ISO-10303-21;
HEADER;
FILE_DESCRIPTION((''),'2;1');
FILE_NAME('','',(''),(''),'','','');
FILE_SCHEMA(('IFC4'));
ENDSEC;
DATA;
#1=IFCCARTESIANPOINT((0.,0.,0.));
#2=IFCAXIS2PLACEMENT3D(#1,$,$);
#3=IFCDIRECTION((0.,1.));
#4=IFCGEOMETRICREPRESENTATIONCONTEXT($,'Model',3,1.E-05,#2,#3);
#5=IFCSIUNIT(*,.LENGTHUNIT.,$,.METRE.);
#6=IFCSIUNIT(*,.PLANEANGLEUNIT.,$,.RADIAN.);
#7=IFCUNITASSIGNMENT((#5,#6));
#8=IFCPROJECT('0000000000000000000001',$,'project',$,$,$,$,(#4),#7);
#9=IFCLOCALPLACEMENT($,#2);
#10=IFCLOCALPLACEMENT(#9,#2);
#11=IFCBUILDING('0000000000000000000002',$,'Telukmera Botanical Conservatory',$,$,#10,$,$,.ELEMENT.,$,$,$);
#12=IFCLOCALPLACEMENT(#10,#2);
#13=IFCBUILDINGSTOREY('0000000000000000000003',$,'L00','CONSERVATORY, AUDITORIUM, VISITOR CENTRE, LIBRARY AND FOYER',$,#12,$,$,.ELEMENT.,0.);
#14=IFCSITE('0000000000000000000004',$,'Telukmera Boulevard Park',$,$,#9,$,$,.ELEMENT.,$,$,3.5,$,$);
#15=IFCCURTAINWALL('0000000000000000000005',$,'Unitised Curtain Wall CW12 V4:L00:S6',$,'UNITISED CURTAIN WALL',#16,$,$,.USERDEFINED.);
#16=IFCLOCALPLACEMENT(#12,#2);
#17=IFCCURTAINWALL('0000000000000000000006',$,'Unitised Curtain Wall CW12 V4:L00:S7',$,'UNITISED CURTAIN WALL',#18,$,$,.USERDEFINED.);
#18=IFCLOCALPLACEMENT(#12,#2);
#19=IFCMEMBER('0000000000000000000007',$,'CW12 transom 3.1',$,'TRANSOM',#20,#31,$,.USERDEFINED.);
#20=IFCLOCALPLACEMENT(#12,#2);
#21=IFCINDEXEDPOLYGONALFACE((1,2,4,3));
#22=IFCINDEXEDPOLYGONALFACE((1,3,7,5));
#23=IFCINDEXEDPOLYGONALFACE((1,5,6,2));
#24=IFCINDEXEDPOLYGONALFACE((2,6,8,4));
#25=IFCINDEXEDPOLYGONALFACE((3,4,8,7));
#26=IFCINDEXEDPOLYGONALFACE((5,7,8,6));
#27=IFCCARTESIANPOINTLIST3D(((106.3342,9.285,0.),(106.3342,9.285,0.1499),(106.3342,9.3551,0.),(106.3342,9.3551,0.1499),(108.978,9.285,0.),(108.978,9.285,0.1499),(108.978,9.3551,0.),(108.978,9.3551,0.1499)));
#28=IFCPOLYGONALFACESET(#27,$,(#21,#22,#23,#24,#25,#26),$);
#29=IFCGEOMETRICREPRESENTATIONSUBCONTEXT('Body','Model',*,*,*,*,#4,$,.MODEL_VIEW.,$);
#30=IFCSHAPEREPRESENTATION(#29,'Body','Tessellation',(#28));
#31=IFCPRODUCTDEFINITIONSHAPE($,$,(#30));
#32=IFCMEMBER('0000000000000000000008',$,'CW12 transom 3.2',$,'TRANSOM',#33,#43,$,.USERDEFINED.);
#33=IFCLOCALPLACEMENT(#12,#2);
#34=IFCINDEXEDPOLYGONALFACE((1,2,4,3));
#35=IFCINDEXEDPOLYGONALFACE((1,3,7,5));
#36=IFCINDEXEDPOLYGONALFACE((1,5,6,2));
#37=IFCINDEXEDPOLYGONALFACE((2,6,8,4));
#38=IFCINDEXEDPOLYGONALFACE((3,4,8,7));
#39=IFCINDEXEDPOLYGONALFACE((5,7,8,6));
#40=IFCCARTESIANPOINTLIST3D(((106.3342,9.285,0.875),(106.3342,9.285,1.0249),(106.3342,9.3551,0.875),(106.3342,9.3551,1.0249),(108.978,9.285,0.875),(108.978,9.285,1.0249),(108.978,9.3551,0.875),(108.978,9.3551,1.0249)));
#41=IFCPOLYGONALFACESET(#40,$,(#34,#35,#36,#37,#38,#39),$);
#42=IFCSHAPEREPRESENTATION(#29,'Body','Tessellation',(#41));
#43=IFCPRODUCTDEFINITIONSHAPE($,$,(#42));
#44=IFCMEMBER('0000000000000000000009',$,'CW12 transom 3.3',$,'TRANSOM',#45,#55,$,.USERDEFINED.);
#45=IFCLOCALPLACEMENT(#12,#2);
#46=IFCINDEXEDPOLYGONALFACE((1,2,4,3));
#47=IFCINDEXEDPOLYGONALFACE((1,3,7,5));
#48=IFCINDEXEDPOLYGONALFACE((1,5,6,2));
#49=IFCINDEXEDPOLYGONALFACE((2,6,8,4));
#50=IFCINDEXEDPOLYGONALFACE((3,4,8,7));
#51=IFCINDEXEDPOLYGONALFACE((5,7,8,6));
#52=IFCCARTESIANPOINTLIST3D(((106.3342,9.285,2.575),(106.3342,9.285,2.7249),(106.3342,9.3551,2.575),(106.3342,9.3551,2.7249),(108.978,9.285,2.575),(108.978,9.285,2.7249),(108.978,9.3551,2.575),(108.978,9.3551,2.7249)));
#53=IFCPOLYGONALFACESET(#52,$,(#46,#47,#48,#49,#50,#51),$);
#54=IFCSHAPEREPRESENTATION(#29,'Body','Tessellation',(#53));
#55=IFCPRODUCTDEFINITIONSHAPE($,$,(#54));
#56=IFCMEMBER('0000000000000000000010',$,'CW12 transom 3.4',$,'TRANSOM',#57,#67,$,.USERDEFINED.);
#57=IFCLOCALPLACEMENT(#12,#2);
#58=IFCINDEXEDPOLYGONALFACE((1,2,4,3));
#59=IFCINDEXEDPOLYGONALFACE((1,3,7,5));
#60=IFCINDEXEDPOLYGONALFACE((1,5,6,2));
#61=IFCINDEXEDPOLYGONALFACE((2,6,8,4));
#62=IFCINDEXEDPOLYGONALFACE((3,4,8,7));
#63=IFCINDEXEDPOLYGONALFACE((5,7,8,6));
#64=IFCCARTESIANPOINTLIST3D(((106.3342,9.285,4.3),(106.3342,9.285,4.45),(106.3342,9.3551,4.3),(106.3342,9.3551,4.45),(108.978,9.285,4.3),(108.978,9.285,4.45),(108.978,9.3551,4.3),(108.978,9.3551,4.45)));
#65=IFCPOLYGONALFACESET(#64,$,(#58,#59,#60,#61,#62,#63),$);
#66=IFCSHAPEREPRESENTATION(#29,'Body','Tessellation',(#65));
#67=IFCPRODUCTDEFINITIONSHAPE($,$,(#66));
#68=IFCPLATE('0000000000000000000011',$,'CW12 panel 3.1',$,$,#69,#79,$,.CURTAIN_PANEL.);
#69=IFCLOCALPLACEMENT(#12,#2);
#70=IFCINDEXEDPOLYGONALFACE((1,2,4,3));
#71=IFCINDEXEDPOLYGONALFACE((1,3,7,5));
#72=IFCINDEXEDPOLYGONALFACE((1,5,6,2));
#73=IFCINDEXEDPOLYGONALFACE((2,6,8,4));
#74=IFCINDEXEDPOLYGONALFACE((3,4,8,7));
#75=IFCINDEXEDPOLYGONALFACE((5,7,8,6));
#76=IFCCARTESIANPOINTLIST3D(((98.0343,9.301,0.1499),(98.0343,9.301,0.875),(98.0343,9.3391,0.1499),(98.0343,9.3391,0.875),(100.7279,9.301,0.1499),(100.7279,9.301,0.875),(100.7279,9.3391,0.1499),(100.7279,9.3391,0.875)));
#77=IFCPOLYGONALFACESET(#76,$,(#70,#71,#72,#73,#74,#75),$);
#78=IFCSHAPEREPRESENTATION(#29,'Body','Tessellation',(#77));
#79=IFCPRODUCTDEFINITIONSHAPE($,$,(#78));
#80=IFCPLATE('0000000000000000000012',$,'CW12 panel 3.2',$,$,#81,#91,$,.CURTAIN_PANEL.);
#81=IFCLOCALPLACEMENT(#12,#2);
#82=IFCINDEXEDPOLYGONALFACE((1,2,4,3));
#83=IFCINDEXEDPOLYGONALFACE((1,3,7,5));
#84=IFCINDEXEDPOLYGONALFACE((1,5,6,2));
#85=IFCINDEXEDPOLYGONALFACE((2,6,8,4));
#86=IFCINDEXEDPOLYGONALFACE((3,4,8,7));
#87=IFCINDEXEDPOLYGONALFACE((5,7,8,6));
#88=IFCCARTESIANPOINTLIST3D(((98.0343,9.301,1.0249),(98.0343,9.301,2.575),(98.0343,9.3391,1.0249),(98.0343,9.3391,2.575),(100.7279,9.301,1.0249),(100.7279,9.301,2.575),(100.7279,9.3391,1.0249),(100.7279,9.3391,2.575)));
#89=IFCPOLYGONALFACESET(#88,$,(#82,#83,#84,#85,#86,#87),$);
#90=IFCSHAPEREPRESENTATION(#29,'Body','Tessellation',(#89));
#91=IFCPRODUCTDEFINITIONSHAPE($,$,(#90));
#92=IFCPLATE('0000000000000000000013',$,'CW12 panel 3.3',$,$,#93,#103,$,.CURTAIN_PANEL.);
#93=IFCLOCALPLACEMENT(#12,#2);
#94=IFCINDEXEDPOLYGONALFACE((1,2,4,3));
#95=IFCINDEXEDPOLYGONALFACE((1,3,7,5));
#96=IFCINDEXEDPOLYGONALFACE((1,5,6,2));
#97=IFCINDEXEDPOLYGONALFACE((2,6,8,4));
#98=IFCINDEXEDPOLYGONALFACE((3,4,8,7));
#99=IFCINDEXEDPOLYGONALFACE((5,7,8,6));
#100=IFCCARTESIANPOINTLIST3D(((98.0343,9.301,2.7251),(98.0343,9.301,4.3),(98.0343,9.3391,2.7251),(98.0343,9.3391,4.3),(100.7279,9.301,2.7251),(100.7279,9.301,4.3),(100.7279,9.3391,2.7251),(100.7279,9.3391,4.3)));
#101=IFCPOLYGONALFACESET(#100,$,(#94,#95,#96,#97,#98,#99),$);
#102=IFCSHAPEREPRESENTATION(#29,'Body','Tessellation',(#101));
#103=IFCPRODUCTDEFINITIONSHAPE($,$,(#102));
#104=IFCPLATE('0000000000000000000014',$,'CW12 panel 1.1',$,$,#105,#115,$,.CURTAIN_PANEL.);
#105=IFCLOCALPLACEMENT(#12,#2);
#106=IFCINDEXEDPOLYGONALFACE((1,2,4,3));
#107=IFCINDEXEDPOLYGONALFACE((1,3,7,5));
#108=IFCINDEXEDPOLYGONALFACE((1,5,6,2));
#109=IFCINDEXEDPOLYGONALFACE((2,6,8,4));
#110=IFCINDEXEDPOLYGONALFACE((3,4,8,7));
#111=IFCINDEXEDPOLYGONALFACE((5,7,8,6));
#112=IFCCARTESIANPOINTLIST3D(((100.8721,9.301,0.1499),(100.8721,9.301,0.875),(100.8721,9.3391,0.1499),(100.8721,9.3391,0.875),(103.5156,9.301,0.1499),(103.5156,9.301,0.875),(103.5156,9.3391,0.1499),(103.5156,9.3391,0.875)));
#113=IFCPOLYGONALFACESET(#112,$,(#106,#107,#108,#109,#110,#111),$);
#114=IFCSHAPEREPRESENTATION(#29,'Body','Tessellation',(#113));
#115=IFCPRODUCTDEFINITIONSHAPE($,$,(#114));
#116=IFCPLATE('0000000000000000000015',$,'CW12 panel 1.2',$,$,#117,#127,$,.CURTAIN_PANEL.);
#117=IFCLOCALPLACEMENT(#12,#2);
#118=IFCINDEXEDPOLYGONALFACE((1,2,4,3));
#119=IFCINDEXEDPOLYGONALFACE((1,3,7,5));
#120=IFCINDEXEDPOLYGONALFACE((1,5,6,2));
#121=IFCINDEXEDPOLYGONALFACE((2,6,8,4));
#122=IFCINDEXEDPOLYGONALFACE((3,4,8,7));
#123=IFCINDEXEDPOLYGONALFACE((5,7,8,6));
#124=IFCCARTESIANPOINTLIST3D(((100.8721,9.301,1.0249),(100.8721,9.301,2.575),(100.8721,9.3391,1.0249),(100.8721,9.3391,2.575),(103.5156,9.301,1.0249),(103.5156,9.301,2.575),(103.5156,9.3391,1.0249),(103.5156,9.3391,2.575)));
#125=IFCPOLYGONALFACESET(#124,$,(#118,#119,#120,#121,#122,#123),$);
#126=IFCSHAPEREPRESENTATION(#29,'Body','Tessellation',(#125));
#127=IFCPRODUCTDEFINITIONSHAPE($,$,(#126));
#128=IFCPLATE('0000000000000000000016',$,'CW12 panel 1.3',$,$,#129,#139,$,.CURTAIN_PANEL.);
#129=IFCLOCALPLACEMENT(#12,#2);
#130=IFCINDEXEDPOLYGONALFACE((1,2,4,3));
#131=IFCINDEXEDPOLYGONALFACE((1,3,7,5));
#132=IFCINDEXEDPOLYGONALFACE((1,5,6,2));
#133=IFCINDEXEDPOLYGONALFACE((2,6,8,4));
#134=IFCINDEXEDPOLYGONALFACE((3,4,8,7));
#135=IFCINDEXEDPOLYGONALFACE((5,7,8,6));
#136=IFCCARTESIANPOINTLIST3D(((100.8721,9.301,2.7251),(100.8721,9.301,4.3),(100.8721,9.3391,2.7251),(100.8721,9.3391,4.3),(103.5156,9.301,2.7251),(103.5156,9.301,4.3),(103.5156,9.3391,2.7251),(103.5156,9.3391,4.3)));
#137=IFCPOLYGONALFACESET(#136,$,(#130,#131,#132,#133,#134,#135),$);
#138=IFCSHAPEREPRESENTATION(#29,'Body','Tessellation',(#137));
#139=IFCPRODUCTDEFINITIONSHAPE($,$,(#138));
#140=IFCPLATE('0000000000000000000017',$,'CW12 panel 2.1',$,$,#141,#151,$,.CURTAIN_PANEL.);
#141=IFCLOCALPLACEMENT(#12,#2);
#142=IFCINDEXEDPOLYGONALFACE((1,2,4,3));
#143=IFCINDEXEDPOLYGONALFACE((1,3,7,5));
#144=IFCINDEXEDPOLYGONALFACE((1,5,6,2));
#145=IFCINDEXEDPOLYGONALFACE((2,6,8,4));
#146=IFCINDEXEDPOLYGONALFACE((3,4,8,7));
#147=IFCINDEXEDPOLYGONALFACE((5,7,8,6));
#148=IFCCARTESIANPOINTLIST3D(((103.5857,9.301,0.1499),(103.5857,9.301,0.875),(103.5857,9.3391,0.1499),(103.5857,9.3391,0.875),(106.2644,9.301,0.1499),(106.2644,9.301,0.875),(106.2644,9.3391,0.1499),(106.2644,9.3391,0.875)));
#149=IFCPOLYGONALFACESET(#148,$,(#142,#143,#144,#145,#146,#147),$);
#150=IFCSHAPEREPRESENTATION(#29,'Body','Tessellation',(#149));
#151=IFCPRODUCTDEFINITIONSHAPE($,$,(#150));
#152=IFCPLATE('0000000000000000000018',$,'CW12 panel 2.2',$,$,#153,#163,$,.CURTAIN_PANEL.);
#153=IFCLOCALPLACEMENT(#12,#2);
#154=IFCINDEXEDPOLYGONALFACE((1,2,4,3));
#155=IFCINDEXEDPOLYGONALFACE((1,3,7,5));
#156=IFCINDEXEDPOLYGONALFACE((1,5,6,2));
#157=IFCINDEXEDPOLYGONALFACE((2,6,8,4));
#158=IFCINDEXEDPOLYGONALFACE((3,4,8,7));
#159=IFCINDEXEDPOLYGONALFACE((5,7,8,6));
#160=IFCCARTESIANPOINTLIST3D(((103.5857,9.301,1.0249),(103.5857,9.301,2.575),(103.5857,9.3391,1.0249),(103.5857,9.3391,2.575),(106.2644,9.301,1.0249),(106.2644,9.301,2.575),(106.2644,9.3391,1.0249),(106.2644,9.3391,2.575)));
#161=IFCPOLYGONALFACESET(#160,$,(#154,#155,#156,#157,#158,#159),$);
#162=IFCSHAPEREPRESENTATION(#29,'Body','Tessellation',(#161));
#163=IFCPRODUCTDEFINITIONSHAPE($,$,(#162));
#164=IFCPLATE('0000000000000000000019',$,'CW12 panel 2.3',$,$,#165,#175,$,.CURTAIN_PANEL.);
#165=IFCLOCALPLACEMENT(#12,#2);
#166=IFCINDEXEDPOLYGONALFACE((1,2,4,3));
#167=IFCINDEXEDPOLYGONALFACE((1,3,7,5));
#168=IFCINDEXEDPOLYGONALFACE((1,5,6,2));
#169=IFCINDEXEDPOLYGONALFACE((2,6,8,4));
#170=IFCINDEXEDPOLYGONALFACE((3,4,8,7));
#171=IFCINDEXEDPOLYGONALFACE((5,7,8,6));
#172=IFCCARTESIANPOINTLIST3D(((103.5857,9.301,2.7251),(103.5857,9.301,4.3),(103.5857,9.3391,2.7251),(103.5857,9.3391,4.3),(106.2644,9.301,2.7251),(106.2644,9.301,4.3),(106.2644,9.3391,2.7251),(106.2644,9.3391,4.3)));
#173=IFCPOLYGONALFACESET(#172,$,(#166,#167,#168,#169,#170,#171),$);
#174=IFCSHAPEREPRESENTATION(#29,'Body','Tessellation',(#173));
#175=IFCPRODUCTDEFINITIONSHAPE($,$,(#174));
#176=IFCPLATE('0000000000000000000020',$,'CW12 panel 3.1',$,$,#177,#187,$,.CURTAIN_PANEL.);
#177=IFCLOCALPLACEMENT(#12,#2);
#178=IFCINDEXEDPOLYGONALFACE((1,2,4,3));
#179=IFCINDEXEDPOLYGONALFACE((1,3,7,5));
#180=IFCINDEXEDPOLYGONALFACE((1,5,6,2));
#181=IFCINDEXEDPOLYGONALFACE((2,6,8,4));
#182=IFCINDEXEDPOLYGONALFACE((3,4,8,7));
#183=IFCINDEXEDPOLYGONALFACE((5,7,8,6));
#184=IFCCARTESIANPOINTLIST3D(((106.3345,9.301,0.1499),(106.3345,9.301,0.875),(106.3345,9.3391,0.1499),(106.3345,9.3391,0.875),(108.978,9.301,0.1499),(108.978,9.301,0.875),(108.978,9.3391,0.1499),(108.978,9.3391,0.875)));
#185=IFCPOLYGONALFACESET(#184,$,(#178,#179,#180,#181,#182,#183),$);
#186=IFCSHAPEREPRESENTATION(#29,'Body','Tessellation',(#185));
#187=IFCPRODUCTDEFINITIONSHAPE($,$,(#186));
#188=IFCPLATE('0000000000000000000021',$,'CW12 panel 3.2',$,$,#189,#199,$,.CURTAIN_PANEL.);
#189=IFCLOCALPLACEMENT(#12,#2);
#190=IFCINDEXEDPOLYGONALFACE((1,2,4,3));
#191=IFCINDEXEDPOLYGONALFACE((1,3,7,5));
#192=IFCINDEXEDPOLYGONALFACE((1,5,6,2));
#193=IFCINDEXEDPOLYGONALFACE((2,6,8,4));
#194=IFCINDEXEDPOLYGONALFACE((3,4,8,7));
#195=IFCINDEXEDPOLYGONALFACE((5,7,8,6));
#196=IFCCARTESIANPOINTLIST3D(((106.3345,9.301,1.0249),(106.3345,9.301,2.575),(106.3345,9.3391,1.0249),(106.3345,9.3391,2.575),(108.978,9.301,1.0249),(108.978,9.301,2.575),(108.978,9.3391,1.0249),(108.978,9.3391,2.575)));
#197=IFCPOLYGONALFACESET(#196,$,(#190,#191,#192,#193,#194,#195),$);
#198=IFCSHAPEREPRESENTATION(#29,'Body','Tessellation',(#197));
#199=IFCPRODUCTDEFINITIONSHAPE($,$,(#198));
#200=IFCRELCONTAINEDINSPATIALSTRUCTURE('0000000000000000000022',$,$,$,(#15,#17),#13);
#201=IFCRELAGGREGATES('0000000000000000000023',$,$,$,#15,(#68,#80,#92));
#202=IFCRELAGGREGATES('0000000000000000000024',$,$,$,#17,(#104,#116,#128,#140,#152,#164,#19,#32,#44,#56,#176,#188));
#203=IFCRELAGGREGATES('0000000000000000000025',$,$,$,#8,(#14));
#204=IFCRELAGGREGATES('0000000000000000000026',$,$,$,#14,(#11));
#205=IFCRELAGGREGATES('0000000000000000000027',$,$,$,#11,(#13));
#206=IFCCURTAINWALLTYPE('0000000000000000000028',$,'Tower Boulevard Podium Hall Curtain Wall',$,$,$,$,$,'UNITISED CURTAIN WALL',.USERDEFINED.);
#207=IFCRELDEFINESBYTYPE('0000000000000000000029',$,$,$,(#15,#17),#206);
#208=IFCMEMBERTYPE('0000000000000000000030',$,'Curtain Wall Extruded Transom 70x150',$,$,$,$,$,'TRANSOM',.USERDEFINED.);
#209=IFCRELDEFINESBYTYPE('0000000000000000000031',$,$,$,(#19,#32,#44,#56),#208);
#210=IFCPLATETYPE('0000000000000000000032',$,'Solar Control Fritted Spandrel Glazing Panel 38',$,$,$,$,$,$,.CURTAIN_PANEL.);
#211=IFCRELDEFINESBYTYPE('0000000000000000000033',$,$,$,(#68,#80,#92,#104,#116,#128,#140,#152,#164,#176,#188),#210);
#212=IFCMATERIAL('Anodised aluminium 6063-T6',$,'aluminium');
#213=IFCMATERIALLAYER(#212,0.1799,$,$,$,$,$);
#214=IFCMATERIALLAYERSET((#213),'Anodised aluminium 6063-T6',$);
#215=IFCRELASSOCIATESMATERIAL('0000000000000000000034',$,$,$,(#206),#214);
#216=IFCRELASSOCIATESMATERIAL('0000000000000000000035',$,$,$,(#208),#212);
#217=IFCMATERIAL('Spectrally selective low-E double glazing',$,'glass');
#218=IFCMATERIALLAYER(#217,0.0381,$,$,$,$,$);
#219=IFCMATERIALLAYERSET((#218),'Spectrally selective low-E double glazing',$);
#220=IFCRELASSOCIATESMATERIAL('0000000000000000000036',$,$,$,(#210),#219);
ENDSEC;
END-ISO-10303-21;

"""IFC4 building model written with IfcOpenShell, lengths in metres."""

from ifc_helpers import new_model, si_unit, direction, frame, origin, origin_2d, place, context, subcontext, project, spatial, rectangle, extrude, material, layer, layer_set, material_profile, profile_set, type_object, element, aggregate, save


model = new_model("IFC4")

# Units and contexts
model_context = context("Model", 3, precision=1e-05, world=origin(), true_north=direction((0.0, 1.0)))
body_context = subcontext(model_context, "Body", "Model", "MODEL_VIEW")
ifc_project = project(units=[si_unit("LENGTHUNIT", "METRE"), si_unit("PLANEANGLEUNIT", "RADIAN")], contexts=[model_context])

# Site, building, storey
site_placement = place(None, origin())
site = spatial("IfcSite", under=ifc_project, at=site_placement, Name="Telukmera Boulevard Park", CompositionType="ELEMENT", RefElevation=3.5)
building_placement = place(site_placement, origin())
building = spatial("IfcBuilding", under=site, at=building_placement, Name="Telukmera Botanical Conservatory", CompositionType="ELEMENT")
storey_placement = place(building_placement, origin())
storey = spatial("IfcBuildingStorey", under=building, at=storey_placement, Name="L00", Description="CONSERVATORY, AUDITORIUM, VISITOR CENTRE, LIBRARY AND FOYER", CompositionType="ELEMENT", Elevation=0.0)

# Curtain wall
ifc_material_1 = material(Name="Anodised aluminium 6063-T6", Category="aluminium")
ifc_layer_1 = layer(ifc_material_1, 0.1799)
ifc_layer_set_1 = layer_set([ifc_layer_1], Name="Anodised aluminium 6063-T6")
curtain_wall_type = type_object("IfcCurtainWallType", Name="Tower Boulevard Podium Hall Curtain Wall", ElementType="UNITISED CURTAIN WALL", PredefinedType="USERDEFINED", material=ifc_layer_set_1)
curtain_wall_1_placement = place(storey_placement, origin())
curtain_wall_1 = element("IfcCurtainWall", 1, at=curtain_wall_1_placement, inside=storey, type_object=curtain_wall_type, Name="Unitised Curtain Wall CW12 V4:L00:S6", ObjectType="UNITISED CURTAIN WALL", PredefinedType="USERDEFINED")

# Curtain wall
curtain_wall_2_placement = place(storey_placement, origin())
curtain_wall_2 = element("IfcCurtainWall", 2, at=curtain_wall_2_placement, inside=storey, type_object=curtain_wall_type, Name="Unitised Curtain Wall CW12 V4:L00:S7", ObjectType="UNITISED CURTAIN WALL", PredefinedType="USERDEFINED")

# Members
ifc_material_profile_1 = material_profile(ifc_material_1, rectangle(XDim=0.0701, YDim=0.1499, at=origin_2d()), Name="ALU TRAN 70x150")
ifc_profile_set_1 = profile_set([ifc_material_profile_1], Name="Anodised aluminium 6063-T6")
member_type_1 = type_object("IfcMemberType", Name="Curtain Wall Extruded Transom 70x150", ElementType="TRANSOM", PredefinedType="USERDEFINED", material=ifc_profile_set_1)
member_1_placement = place(storey_placement, frame((106.3342, 9.3201, 0.075), z_axis=(1.0, 0.0, 0.0), x_axis=(0.0, 1.0, 0.0)))
member_1 = element("IfcMember", 3, at=member_1_placement, type_object=member_type_1, Name="CW12 transom 3.1", ObjectType="TRANSOM", PredefinedType="USERDEFINED", context=body_context, shape_type="SweptSolid", body=[
    extrude(rectangle(XDim=0.0701, YDim=0.1499, at=origin_2d()), origin(), (0.0, 0.0, 1.0), 2.6438),
])
member_2_placement = place(storey_placement, frame((106.3342, 9.3201, 0.95), z_axis=(1.0, 0.0, 0.0), x_axis=(0.0, 1.0, 0.0)))
member_2 = element("IfcMember", 4, at=member_2_placement, type_object=member_type_1, Name="CW12 transom 3.2", ObjectType="TRANSOM", PredefinedType="USERDEFINED", context=body_context, shape_type="SweptSolid", body=[
    extrude(rectangle(XDim=0.0701, YDim=0.1499, at=origin_2d()), origin(), (0.0, 0.0, 1.0), 2.6438),
])
member_3_placement = place(storey_placement, frame((106.3342, 9.3201, 2.6499), z_axis=(1.0, 0.0, 0.0), x_axis=(0.0, 1.0, 0.0)))
member_3 = element("IfcMember", 5, at=member_3_placement, type_object=member_type_1, Name="CW12 transom 3.3", ObjectType="TRANSOM", PredefinedType="USERDEFINED", context=body_context, shape_type="SweptSolid", body=[
    extrude(rectangle(XDim=0.0701, YDim=0.1499, at=origin_2d()), origin(), (0.0, 0.0, 1.0), 2.6438),
])
member_4_placement = place(storey_placement, frame((106.3342, 9.3201, 4.375), z_axis=(1.0, 0.0, 0.0), x_axis=(0.0, 1.0, 0.0)))
member_4 = element("IfcMember", 6, at=member_4_placement, type_object=member_type_1, Name="CW12 transom 3.4", ObjectType="TRANSOM", PredefinedType="USERDEFINED", context=body_context, shape_type="SweptSolid", body=[
    extrude(rectangle(XDim=0.0701, YDim=0.1499, at=origin_2d()), origin(), (0.0, 0.0, 1.0), 2.6438),
])

# Plates
ifc_material_2 = material(Name="Spectrally selective low-E double glazing", Category="glass")
ifc_layer_2 = layer(ifc_material_2, 0.0381)
ifc_layer_set_2 = layer_set([ifc_layer_2], Name="Spectrally selective low-E double glazing")
plate_type = type_object("IfcPlateType", Name="Solar Control Fritted Spandrel Glazing Panel 38", PredefinedType="CURTAIN_PANEL", material=ifc_layer_set_2)
plate_1_placement = place(storey_placement, frame((99.3811, 9.3201, 0.1499), z_axis=(0.0, 0.0, 1.0), x_axis=(1.0, 0.0, 0.0)))
plate_1 = element("IfcPlate", 7, at=plate_1_placement, type_object=plate_type, Name="CW12 panel 3.1", PredefinedType="CURTAIN_PANEL", context=body_context, shape_type="SweptSolid", body=[
    extrude(rectangle(XDim=2.6936, YDim=0.0381, at=origin_2d()), origin(), (0.0, 0.0, 1.0), 0.7251),
])
plate_2_placement = place(storey_placement, frame((99.3811, 9.3201, 1.0249), z_axis=(0.0, 0.0, 1.0), x_axis=(1.0, 0.0, 0.0)))
plate_2 = element("IfcPlate", 8, at=plate_2_placement, type_object=plate_type, Name="CW12 panel 3.2", PredefinedType="CURTAIN_PANEL", context=body_context, shape_type="SweptSolid", body=[
    extrude(rectangle(XDim=2.6936, YDim=0.0381, at=origin_2d()), origin(), (0.0, 0.0, 1.0), 1.55),
])
plate_3_placement = place(storey_placement, frame((99.3811, 9.3201, 2.7251), z_axis=(0.0, 0.0, 1.0), x_axis=(1.0, 0.0, 0.0)))
plate_3 = element("IfcPlate", 9, at=plate_3_placement, type_object=plate_type, Name="CW12 panel 3.3", PredefinedType="CURTAIN_PANEL", context=body_context, shape_type="SweptSolid", body=[
    extrude(rectangle(XDim=2.6936, YDim=0.0381, at=origin_2d()), origin(), (0.0, 0.0, 1.0), 1.575),
])
aggregate(curtain_wall_1, [plate_1, plate_2, plate_3])
plate_4_placement = place(storey_placement, frame((102.1938, 9.3201, 0.1499), z_axis=(0.0, 0.0, 1.0), x_axis=(1.0, 0.0, 0.0)))
plate_4 = element("IfcPlate", 10, at=plate_4_placement, type_object=plate_type, Name="CW12 panel 1.1", PredefinedType="CURTAIN_PANEL", context=body_context, shape_type="SweptSolid", body=[
    extrude(rectangle(XDim=2.6436, YDim=0.0381, at=origin_2d()), origin(), (0.0, 0.0, 1.0), 0.7251),
])
plate_5_placement = place(storey_placement, frame((102.1938, 9.3201, 1.0249), z_axis=(0.0, 0.0, 1.0), x_axis=(1.0, 0.0, 0.0)))
plate_5 = element("IfcPlate", 11, at=plate_5_placement, type_object=plate_type, Name="CW12 panel 1.2", PredefinedType="CURTAIN_PANEL", context=body_context, shape_type="SweptSolid", body=[
    extrude(rectangle(XDim=2.6436, YDim=0.0381, at=origin_2d()), origin(), (0.0, 0.0, 1.0), 1.55),
])
plate_6_placement = place(storey_placement, frame((102.1938, 9.3201, 2.7251), z_axis=(0.0, 0.0, 1.0), x_axis=(1.0, 0.0, 0.0)))
plate_6 = element("IfcPlate", 12, at=plate_6_placement, type_object=plate_type, Name="CW12 panel 1.3", PredefinedType="CURTAIN_PANEL", context=body_context, shape_type="SweptSolid", body=[
    extrude(rectangle(XDim=2.6436, YDim=0.0381, at=origin_2d()), origin(), (0.0, 0.0, 1.0), 1.575),
])
plate_7_placement = place(storey_placement, frame((104.925, 9.3201, 0.1499), z_axis=(0.0, 0.0, 1.0), x_axis=(1.0, 0.0, 0.0)))
plate_7 = element("IfcPlate", 13, at=plate_7_placement, type_object=plate_type, Name="CW12 panel 2.1", PredefinedType="CURTAIN_PANEL", context=body_context, shape_type="SweptSolid", body=[
    extrude(rectangle(XDim=2.6787, YDim=0.0381, at=origin_2d()), origin(), (0.0, 0.0, 1.0), 0.7251),
])
plate_8_placement = place(storey_placement, frame((104.925, 9.3201, 1.0249), z_axis=(0.0, 0.0, 1.0), x_axis=(1.0, 0.0, 0.0)))
plate_8 = element("IfcPlate", 14, at=plate_8_placement, type_object=plate_type, Name="CW12 panel 2.2", PredefinedType="CURTAIN_PANEL", context=body_context, shape_type="SweptSolid", body=[
    extrude(rectangle(XDim=2.6787, YDim=0.0381, at=origin_2d()), origin(), (0.0, 0.0, 1.0), 1.55),
])
plate_9_placement = place(storey_placement, frame((104.925, 9.3201, 2.7251), z_axis=(0.0, 0.0, 1.0), x_axis=(1.0, 0.0, 0.0)))
plate_9 = element("IfcPlate", 15, at=plate_9_placement, type_object=plate_type, Name="CW12 panel 2.3", PredefinedType="CURTAIN_PANEL", context=body_context, shape_type="SweptSolid", body=[
    extrude(rectangle(XDim=2.6787, YDim=0.0381, at=origin_2d()), origin(), (0.0, 0.0, 1.0), 1.575),
])
plate_10_placement = place(storey_placement, frame((107.6562, 9.3201, 0.1499), z_axis=(0.0, 0.0, 1.0), x_axis=(1.0, 0.0, 0.0)))
plate_10 = element("IfcPlate", 16, at=plate_10_placement, type_object=plate_type, Name="CW12 panel 3.1", PredefinedType="CURTAIN_PANEL", context=body_context, shape_type="SweptSolid", body=[
    extrude(rectangle(XDim=2.6436, YDim=0.0381, at=origin_2d()), origin(), (0.0, 0.0, 1.0), 0.7251),
])
plate_11_placement = place(storey_placement, frame((107.6562, 9.3201, 1.0249), z_axis=(0.0, 0.0, 1.0), x_axis=(1.0, 0.0, 0.0)))
plate_11 = element("IfcPlate", 17, at=plate_11_placement, type_object=plate_type, Name="CW12 panel 3.2", PredefinedType="CURTAIN_PANEL", context=body_context, shape_type="SweptSolid", body=[
    extrude(rectangle(XDim=2.6436, YDim=0.0381, at=origin_2d()), origin(), (0.0, 0.0, 1.0), 1.55),
])
aggregate(curtain_wall_2, [plate_4, plate_5, plate_6, plate_7, plate_8, plate_9, member_1, member_2, member_3, member_4, plate_10, plate_11])

save(model, "model.ifc")
